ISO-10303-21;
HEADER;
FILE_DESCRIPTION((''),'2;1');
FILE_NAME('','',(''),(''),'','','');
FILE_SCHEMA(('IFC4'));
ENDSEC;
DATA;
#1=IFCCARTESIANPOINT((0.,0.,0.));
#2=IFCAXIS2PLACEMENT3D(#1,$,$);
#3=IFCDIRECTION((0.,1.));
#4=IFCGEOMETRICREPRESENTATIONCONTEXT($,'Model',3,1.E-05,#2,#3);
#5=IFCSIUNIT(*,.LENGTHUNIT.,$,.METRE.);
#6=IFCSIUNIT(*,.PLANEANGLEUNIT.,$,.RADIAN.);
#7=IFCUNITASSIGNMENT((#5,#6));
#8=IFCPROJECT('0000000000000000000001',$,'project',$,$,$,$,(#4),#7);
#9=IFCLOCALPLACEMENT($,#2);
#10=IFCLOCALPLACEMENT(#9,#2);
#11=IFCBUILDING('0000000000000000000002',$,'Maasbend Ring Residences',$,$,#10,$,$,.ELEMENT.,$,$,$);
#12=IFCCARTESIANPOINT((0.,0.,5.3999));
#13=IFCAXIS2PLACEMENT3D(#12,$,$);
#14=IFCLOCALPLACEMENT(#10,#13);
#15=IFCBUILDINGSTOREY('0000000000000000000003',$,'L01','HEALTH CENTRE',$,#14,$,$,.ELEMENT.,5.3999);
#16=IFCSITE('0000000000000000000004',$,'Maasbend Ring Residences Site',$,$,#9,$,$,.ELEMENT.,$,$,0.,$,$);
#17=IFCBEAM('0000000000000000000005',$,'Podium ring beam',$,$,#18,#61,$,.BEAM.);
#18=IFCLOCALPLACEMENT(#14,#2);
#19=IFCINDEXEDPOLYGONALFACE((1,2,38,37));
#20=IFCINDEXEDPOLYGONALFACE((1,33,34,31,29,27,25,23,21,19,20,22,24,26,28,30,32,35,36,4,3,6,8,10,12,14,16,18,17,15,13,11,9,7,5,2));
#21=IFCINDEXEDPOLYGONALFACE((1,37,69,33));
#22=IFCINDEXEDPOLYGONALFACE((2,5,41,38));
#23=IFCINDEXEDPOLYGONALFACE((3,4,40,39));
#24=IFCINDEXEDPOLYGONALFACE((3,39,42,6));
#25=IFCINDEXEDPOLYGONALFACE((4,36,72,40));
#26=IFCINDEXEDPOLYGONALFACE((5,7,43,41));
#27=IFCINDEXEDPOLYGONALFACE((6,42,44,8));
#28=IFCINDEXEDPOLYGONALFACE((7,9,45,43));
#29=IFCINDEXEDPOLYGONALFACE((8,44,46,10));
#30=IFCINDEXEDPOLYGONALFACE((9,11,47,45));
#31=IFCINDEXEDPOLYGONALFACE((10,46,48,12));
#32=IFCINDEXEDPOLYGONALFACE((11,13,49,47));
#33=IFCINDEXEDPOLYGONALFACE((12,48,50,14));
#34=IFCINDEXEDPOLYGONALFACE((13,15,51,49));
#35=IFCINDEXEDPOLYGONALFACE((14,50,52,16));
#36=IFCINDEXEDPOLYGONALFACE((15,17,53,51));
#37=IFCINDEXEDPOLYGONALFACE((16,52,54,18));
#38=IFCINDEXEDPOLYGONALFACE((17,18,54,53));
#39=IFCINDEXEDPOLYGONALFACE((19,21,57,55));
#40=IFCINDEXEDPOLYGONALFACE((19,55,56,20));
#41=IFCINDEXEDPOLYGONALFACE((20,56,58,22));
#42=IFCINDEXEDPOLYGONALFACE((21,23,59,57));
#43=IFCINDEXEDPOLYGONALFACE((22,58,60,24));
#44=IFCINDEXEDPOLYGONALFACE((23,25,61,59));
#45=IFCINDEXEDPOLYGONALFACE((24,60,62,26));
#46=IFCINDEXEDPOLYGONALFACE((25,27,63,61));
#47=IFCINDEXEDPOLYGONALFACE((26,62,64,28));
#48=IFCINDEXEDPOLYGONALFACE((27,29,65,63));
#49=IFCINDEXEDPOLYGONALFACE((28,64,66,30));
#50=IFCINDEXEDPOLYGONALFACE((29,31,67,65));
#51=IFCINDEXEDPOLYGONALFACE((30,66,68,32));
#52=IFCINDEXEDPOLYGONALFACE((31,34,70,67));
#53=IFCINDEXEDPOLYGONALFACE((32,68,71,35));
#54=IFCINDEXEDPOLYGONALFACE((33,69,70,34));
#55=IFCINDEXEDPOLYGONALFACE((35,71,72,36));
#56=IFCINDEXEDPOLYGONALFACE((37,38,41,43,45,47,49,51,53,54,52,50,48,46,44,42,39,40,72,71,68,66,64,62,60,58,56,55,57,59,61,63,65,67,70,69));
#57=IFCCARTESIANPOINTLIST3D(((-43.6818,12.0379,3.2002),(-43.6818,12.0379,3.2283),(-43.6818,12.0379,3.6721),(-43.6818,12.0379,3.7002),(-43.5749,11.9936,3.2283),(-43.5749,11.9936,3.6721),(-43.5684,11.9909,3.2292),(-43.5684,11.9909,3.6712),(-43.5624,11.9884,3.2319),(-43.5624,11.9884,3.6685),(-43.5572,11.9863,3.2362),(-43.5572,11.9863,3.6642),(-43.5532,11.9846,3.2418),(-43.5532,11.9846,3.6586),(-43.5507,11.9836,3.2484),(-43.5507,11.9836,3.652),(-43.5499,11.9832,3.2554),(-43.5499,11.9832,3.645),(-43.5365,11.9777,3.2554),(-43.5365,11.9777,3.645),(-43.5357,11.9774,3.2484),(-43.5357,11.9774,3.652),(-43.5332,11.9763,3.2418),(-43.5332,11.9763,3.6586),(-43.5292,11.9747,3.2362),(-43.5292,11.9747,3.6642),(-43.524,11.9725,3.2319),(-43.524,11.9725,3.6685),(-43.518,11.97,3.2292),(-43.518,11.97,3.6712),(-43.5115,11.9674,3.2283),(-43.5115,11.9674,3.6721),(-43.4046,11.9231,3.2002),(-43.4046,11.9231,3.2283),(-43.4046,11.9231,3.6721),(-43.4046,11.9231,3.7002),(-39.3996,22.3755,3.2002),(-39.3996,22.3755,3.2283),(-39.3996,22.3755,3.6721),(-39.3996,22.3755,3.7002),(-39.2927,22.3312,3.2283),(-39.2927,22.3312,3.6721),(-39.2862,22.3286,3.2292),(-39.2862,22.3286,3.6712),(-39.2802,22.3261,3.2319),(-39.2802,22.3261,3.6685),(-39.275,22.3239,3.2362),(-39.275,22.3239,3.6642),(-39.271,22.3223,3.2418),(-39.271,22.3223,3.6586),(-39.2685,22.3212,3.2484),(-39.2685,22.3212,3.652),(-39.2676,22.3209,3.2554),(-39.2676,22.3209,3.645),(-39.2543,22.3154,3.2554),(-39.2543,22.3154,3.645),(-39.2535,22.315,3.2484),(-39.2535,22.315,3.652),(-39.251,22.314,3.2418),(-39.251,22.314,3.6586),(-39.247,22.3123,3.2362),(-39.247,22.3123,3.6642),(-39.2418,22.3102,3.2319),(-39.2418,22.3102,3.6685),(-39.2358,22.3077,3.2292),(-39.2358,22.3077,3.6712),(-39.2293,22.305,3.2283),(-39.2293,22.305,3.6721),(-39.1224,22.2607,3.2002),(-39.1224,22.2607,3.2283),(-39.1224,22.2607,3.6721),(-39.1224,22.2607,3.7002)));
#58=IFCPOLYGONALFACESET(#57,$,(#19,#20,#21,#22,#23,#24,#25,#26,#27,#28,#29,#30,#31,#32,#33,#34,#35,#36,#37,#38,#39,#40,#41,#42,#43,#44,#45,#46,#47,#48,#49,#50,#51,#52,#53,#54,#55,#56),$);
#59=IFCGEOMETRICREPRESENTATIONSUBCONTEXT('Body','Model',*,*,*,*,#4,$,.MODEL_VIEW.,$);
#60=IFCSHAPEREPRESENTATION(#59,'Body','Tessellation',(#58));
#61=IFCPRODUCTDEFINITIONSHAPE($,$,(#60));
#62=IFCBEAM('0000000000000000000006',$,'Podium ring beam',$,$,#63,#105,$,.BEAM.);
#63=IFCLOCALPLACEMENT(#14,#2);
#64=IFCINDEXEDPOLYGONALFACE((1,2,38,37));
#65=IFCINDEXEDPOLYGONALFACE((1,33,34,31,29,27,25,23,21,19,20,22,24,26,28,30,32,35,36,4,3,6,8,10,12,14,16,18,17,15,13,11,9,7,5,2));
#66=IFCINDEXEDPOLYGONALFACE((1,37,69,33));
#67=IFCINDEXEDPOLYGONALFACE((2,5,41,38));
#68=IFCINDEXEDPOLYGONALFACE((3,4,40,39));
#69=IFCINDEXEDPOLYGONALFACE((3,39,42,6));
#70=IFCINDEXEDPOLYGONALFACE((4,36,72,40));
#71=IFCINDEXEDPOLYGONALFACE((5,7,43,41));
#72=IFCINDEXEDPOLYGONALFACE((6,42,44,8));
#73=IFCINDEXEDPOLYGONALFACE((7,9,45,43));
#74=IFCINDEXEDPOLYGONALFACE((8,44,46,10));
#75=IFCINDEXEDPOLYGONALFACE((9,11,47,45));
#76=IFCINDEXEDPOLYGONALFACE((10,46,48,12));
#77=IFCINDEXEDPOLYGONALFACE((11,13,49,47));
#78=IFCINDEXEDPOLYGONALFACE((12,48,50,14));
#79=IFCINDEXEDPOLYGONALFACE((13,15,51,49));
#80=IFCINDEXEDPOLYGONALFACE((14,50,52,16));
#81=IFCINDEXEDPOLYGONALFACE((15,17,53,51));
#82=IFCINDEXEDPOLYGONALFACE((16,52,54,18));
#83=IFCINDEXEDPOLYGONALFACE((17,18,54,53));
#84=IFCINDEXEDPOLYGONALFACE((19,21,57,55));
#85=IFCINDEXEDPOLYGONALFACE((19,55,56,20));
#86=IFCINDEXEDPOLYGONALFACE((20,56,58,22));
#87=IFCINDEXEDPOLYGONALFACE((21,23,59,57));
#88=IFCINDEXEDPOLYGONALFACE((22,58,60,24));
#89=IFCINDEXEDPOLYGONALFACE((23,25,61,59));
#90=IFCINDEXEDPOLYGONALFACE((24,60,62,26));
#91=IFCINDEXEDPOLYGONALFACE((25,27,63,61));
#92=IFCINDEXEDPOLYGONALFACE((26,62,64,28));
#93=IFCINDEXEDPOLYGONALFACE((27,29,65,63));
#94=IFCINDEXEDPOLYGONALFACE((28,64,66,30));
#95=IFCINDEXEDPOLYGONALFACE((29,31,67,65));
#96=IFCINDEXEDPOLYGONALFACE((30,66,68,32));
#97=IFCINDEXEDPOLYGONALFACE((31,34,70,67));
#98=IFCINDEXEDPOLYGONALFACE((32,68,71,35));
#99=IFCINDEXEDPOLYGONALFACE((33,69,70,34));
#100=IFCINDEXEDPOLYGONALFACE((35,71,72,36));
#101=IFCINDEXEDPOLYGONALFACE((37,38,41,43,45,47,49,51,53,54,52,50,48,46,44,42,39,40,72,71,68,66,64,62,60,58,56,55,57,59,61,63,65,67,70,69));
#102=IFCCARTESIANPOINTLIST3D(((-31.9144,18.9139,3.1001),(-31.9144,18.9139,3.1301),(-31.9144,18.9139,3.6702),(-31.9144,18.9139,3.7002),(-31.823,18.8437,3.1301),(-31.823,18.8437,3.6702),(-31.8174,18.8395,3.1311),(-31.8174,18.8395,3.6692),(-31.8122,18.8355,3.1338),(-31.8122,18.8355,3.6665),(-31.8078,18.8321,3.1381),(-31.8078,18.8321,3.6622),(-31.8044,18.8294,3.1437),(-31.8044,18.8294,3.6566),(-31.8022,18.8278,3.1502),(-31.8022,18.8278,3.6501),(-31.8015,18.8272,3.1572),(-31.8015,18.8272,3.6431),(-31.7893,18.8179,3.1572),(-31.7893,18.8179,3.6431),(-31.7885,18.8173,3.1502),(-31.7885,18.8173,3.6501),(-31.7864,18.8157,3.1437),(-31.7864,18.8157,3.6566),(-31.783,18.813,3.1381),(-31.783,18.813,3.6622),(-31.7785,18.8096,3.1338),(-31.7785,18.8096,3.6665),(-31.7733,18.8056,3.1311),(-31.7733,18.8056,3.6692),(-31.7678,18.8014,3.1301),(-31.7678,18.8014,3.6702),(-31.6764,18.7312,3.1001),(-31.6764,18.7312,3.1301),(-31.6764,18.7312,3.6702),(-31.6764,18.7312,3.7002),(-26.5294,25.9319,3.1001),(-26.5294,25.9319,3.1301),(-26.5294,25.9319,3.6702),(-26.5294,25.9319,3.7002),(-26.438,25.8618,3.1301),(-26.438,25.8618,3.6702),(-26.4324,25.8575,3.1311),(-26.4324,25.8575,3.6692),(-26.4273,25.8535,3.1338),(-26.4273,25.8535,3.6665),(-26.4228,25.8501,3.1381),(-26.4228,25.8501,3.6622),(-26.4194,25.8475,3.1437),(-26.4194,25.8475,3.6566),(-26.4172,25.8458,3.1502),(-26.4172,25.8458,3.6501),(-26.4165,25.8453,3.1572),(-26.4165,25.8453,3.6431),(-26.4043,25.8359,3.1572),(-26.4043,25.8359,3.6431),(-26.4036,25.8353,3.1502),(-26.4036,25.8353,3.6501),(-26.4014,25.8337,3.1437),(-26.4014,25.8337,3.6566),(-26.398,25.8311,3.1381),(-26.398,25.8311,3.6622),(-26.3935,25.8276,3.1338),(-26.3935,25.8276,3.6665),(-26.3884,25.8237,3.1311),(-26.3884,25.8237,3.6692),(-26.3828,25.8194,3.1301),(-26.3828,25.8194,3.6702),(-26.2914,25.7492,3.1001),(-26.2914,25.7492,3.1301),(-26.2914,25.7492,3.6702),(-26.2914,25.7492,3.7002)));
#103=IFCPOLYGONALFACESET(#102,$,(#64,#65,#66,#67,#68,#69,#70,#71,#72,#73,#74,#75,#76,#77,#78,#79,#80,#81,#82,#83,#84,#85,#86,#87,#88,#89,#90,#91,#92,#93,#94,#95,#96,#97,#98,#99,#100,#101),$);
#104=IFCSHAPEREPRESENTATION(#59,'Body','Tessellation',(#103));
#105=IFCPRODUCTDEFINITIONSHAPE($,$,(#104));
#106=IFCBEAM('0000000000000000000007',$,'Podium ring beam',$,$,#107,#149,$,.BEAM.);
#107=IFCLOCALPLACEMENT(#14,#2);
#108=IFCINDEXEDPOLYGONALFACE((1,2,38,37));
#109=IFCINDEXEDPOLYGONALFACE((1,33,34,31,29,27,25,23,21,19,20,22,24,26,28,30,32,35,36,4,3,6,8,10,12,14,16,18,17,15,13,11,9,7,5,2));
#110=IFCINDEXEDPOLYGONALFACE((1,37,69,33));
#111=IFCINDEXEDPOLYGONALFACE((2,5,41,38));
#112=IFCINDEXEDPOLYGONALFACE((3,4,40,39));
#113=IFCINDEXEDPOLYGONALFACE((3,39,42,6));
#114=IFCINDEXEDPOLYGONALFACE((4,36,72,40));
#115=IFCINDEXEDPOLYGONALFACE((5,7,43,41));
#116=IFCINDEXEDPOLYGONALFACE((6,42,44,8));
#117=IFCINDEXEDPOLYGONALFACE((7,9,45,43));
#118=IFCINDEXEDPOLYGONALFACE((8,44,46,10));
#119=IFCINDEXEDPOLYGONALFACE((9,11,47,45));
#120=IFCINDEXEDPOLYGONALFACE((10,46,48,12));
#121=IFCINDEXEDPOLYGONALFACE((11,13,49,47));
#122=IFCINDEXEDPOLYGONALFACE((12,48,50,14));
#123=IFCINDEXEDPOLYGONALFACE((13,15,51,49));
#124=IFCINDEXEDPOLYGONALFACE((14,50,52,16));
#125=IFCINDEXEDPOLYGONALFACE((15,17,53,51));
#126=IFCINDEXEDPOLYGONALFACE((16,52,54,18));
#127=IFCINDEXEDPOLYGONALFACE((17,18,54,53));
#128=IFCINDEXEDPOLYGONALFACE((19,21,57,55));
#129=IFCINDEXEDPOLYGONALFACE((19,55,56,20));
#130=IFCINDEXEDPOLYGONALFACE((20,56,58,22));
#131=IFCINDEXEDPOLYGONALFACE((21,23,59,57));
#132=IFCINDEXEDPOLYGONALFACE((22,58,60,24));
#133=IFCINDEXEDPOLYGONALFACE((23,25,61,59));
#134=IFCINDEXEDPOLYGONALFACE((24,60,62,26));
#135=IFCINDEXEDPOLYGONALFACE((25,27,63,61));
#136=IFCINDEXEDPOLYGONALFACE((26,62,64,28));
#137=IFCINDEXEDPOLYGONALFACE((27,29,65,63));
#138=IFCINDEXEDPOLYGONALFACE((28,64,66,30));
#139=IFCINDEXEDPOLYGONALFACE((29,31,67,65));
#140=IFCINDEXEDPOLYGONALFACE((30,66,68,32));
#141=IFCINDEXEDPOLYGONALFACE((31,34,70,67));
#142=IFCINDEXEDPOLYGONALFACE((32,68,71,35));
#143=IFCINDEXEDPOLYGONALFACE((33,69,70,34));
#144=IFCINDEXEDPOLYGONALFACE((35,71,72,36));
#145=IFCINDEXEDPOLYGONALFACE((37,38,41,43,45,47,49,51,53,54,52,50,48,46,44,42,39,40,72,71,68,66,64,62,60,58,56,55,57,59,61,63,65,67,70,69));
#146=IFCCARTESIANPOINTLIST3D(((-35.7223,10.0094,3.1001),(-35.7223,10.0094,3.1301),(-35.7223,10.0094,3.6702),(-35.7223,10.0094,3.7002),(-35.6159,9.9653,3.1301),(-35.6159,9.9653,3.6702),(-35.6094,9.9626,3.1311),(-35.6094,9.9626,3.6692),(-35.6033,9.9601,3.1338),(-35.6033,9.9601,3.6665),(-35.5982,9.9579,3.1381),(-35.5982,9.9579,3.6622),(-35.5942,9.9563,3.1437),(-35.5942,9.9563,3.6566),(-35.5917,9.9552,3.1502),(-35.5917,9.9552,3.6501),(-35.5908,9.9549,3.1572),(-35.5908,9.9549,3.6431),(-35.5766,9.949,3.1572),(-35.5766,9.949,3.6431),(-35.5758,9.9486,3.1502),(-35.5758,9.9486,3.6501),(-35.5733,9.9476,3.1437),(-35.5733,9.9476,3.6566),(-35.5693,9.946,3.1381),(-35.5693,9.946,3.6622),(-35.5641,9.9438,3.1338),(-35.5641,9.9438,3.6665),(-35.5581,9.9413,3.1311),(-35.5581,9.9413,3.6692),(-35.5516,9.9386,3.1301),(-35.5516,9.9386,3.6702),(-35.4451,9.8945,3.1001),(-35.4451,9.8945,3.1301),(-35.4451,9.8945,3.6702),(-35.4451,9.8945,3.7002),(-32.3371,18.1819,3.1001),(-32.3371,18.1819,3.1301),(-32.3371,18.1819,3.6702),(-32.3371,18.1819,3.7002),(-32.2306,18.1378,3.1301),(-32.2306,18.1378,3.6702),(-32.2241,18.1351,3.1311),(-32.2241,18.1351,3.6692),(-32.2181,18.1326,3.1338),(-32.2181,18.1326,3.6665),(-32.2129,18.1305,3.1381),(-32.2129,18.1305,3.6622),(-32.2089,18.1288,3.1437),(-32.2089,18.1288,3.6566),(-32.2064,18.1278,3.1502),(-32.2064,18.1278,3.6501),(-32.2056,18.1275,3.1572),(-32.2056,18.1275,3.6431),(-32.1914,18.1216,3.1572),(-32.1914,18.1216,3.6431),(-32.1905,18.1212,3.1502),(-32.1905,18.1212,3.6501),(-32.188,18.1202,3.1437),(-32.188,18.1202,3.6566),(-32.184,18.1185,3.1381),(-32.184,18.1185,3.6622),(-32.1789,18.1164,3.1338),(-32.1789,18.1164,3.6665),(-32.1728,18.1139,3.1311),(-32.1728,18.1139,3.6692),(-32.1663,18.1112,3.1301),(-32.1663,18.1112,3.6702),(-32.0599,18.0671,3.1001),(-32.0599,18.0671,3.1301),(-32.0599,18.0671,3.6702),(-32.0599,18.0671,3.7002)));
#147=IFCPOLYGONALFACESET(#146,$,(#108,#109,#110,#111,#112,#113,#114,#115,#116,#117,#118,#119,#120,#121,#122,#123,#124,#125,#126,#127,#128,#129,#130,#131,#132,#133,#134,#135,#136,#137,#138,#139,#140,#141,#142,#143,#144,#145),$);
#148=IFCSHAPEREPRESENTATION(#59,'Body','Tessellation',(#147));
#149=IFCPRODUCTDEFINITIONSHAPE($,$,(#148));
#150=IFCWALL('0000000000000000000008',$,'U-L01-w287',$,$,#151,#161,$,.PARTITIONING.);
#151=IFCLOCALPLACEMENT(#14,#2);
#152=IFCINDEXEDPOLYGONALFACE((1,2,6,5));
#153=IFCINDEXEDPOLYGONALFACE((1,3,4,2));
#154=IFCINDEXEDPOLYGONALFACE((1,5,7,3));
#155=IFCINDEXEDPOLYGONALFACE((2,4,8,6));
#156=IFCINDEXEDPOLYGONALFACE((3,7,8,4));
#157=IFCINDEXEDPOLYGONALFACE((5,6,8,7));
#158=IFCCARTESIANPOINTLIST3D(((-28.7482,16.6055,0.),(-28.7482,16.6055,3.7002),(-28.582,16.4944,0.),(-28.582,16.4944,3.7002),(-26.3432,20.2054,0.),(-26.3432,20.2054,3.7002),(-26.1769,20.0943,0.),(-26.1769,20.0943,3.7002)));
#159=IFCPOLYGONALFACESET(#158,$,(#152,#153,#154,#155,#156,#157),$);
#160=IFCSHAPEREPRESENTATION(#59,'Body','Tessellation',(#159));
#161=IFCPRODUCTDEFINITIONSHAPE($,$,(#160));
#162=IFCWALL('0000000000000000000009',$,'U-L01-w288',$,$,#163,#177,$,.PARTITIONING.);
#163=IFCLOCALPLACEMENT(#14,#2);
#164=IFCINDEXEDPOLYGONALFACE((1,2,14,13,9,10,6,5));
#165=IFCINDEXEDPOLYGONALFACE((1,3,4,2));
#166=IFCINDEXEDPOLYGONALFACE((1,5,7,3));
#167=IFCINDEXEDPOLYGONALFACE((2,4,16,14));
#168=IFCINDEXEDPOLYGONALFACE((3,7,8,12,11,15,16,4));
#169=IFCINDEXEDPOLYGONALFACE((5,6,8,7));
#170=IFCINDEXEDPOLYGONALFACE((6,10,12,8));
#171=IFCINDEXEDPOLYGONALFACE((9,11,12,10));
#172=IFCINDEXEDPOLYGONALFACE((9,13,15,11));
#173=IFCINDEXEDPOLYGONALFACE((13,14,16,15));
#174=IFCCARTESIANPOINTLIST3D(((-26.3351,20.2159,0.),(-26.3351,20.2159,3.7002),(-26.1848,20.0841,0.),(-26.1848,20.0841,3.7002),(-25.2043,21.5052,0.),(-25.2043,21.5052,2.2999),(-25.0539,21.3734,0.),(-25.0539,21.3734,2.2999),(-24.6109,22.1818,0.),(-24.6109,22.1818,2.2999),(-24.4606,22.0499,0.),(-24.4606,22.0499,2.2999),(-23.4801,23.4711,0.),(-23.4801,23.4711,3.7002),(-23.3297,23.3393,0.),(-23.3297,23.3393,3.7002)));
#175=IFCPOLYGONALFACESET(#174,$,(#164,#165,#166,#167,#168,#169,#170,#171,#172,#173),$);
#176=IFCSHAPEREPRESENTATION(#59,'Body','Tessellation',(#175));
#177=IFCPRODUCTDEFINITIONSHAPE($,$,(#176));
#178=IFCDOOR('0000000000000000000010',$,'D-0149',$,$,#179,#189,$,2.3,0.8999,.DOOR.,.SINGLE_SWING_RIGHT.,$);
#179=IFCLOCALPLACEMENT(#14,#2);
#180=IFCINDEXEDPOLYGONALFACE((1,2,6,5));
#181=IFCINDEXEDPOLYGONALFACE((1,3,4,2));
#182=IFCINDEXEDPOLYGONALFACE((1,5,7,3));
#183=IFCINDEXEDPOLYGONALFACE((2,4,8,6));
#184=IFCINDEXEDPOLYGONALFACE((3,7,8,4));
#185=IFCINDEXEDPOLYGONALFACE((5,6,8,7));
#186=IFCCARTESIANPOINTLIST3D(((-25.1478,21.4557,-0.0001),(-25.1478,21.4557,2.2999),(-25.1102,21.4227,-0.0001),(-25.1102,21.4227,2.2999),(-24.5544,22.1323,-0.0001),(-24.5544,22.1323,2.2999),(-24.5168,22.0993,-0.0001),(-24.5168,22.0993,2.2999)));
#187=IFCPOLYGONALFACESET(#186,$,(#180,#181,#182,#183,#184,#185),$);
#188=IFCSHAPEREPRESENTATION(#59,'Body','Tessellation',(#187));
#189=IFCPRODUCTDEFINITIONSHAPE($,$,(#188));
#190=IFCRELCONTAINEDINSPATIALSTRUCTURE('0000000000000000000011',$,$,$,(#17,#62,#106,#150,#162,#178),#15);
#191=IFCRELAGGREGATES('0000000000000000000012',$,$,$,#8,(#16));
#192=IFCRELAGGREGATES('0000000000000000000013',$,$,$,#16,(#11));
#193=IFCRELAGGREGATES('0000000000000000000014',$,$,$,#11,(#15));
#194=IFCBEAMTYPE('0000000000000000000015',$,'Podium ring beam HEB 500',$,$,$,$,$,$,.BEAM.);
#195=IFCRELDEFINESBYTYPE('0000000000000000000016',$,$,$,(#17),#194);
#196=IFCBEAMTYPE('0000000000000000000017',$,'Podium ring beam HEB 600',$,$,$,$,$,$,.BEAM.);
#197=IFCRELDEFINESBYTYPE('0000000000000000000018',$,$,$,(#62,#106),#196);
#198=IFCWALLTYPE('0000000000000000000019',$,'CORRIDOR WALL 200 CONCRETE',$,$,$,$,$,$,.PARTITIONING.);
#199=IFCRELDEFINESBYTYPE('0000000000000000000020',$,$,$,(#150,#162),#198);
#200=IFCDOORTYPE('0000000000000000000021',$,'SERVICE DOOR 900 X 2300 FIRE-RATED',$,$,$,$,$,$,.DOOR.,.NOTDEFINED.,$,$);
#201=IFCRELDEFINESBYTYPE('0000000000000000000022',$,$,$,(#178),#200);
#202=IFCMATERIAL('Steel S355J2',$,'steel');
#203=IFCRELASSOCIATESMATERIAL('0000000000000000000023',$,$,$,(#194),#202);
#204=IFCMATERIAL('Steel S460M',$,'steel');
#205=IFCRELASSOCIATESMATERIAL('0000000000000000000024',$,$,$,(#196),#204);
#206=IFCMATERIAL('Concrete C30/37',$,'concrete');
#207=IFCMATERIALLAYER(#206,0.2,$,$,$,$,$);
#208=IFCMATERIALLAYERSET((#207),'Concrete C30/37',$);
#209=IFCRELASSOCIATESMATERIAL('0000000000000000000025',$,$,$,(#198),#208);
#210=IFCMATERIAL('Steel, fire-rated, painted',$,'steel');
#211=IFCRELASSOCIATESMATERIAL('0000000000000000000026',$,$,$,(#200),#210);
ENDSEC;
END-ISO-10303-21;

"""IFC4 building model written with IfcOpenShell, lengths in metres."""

from ifc_helpers import new_model, si_unit, direction, frame, frame_2d, origin, origin_2d, place, context, subcontext, project, spatial, rectangle, i_section, extrude, material, layer, layer_set, material_profile, profile_set, type_object, element, fill, save


model = new_model("IFC4")

# Units and contexts
model_context = context("Model", 3, precision=1e-05, world=origin(), true_north=direction((0.0, 1.0)))
body_context = subcontext(model_context, "Body", "Model", "MODEL_VIEW")
ifc_project = project(units=[si_unit("LENGTHUNIT", "METRE"), si_unit("PLANEANGLEUNIT", "RADIAN")], contexts=[model_context])

# Site, building, storey
site_placement = place(None, origin())
site = spatial("IfcSite", under=ifc_project, at=site_placement, Name="Maasbend Ring Residences Site", CompositionType="ELEMENT", RefElevation=0.0)
building_placement = place(site_placement, origin())
building = spatial("IfcBuilding", under=site, at=building_placement, Name="Maasbend Ring Residences", CompositionType="ELEMENT")
storey_placement = place(building_placement, frame((0.0, 0.0, 5.3999)))
storey = spatial("IfcBuildingStorey", under=building, at=storey_placement, Name="L01", Description="HEALTH CENTRE", CompositionType="ELEMENT", Elevation=5.3999)

# Beams
ifc_material_1 = material(Name="Steel S355J2", Category="steel")
ifc_material_profile_1 = material_profile(ifc_material_1, i_section(OverallWidth=0.3, OverallDepth=0.5, WebThickness=0.0144, FlangeThickness=0.0281, FilletRadius=0.0271, at=origin_2d()), Name="HEB 500")
ifc_profile_set_1 = profile_set([ifc_material_profile_1], Name="Steel S355J2")
beam_type_1 = type_object("IfcBeamType", Name="Podium ring beam HEB 500", PredefinedType="BEAM", material=ifc_profile_set_1)
for number, where, z_axis, x_axis, name in (
    (1, (-39.261, 22.3181, 3.4502), (-0.382701, -0.923872, 0.0), (0.923872, -0.382701, 0.0), "Podium ring beam"),
):
    element("IfcBeam", number, at=place(storey_placement, frame(where, z_axis=z_axis, x_axis=x_axis)), inside=storey, type_object=beam_type_1, Name=name, PredefinedType="BEAM", context=body_context, shape_type="SweptSolid", body=[
        extrude(i_section(OverallWidth=0.3, OverallDepth=0.5, WebThickness=0.0144, FlangeThickness=0.0281, FilletRadius=0.0271, at=origin_2d()), origin(), (0.0, 0.0, 1.0), 11.1895),
    ])
ifc_material_2 = material(Name="Steel S460M", Category="steel")
ifc_material_profile_2 = material_profile(ifc_material_2, i_section(OverallWidth=0.3, OverallDepth=0.6001, WebThickness=0.0154, FlangeThickness=0.03, FilletRadius=0.0271, at=origin_2d()), Name="HEB 600")
ifc_profile_set_2 = profile_set([ifc_material_profile_2], Name="Steel S460M")
beam_type_2 = type_object("IfcBeamType", Name="Podium ring beam HEB 600", PredefinedType="BEAM", material=ifc_profile_set_2)
for number, where, z_axis, x_axis, name in (
    (2, (-26.4104, 25.8406, 3.4001), (-0.608751, -0.793361, 0.0), (0.793361, -0.608751, 0.0), "Podium ring beam"),
    (3, (-32.1985, 18.1245, 3.4001), (-0.382688, -0.923878, 0.0), (0.923878, -0.382688, 0.0), "Podium ring beam"),
):
    element("IfcBeam", number, at=place(storey_placement, frame(where, z_axis=z_axis, x_axis=x_axis)), inside=storey, type_object=beam_type_2, Name=name, PredefinedType="BEAM", context=body_context, shape_type="SweptSolid", body=[
        extrude(i_section(OverallWidth=0.3, OverallDepth=0.6001, WebThickness=0.0154, FlangeThickness=0.03, FilletRadius=0.0271, at=origin_2d()), origin(), (0.0, 0.0, 1.0), 8.8459),
    ])

# Wall
ifc_material_3 = material(Name="Concrete C30/37", Category="concrete")
ifc_layer_1 = layer(ifc_material_3, 0.2)
ifc_layer_set_1 = layer_set([ifc_layer_1], Name="Concrete C30/37")
wall_type_1 = type_object("IfcWallType", Name="CORRIDOR WALL 200 CONCRETE", PredefinedType="PARTITIONING", material=ifc_layer_set_1)
wall_1_placement = place(storey_placement, frame((-28.665, 16.55, 0.0), z_axis=(0.0, 0.0, 1.0), x_axis=(0.55552, 0.831503, 0.0)))
element("IfcWall", 4, at=wall_1_placement, inside=storey, type_object=wall_type_1, Name="U-L01-w287", PredefinedType="PARTITIONING", context=body_context, shape_type="SweptSolid", body=[
    extrude(rectangle(XDim=4.3293, YDim=0.2, at=frame_2d((2.1646, 0.0))), origin(), (0.0, 0.0, 1.0), 3.7002),
])

# Wall, opening, door
wall_2_placement = place(storey_placement, frame((-26.26, 20.1499, 0.0), z_axis=(0.0, 0.0, 1.0), x_axis=(0.659386, 0.751804, 0.0)))
wall_2 = element("IfcWall", 5, at=wall_2_placement, inside=storey, type_object=wall_type_1, Name="U-L01-w288", PredefinedType="PARTITIONING", context=body_context, shape_type="SweptSolid", body=[
    extrude(rectangle(XDim=4.3298, YDim=0.2, at=frame_2d((2.165, 0.0))), origin(), (0.0, 0.0, 1.0), 3.7002),
])
opening_1_placement = place(wall_2_placement, frame((1.7151, 0.0, 0.0)))
opening_1 = element("IfcOpeningElement", 6, at=opening_1_placement, cuts=wall_2, PredefinedType="OPENING", context=body_context, shape_type="SweptSolid", body=[
    extrude(rectangle(XDim=0.8999, YDim=2.3, at=frame_2d((0.45, 1.1499))), frame((0.0, 0.1099, 0.0), z_axis=(0.0, -1.0, 0.0), x_axis=(1.0, 0.0, 0.0)), (0.0, 0.0, 1.0), 0.22),
])
ifc_material_4 = material(Name="Steel, fire-rated, painted", Category="steel")
door_type_1 = type_object("IfcDoorType", Name="SERVICE DOOR 900 X 2300 FIRE-RATED", OperationType="NOTDEFINED", PredefinedType="DOOR", material=ifc_material_4)
door_1_placement = place(opening_1_placement, origin())
door_1 = element("IfcDoor", 7, at=door_1_placement, inside=storey, type_object=door_type_1, Name="D-0149", OperationType="SINGLE_SWING_RIGHT", OverallHeight=2.3, OverallWidth=0.8999, PredefinedType="DOOR", context=body_context, shape_type="SweptSolid", body=[
    extrude(rectangle(XDim=0.8999, YDim=2.3, at=frame_2d((0.45, 1.1499))), frame((0.0, 0.0249, 0.0), z_axis=(0.0, -1.0, 0.0), x_axis=(1.0, 0.0, 0.0)), (0.0, 0.0, 1.0), 0.05),
])
fill(opening_1, door_1)

save(model, "model.ifc")
